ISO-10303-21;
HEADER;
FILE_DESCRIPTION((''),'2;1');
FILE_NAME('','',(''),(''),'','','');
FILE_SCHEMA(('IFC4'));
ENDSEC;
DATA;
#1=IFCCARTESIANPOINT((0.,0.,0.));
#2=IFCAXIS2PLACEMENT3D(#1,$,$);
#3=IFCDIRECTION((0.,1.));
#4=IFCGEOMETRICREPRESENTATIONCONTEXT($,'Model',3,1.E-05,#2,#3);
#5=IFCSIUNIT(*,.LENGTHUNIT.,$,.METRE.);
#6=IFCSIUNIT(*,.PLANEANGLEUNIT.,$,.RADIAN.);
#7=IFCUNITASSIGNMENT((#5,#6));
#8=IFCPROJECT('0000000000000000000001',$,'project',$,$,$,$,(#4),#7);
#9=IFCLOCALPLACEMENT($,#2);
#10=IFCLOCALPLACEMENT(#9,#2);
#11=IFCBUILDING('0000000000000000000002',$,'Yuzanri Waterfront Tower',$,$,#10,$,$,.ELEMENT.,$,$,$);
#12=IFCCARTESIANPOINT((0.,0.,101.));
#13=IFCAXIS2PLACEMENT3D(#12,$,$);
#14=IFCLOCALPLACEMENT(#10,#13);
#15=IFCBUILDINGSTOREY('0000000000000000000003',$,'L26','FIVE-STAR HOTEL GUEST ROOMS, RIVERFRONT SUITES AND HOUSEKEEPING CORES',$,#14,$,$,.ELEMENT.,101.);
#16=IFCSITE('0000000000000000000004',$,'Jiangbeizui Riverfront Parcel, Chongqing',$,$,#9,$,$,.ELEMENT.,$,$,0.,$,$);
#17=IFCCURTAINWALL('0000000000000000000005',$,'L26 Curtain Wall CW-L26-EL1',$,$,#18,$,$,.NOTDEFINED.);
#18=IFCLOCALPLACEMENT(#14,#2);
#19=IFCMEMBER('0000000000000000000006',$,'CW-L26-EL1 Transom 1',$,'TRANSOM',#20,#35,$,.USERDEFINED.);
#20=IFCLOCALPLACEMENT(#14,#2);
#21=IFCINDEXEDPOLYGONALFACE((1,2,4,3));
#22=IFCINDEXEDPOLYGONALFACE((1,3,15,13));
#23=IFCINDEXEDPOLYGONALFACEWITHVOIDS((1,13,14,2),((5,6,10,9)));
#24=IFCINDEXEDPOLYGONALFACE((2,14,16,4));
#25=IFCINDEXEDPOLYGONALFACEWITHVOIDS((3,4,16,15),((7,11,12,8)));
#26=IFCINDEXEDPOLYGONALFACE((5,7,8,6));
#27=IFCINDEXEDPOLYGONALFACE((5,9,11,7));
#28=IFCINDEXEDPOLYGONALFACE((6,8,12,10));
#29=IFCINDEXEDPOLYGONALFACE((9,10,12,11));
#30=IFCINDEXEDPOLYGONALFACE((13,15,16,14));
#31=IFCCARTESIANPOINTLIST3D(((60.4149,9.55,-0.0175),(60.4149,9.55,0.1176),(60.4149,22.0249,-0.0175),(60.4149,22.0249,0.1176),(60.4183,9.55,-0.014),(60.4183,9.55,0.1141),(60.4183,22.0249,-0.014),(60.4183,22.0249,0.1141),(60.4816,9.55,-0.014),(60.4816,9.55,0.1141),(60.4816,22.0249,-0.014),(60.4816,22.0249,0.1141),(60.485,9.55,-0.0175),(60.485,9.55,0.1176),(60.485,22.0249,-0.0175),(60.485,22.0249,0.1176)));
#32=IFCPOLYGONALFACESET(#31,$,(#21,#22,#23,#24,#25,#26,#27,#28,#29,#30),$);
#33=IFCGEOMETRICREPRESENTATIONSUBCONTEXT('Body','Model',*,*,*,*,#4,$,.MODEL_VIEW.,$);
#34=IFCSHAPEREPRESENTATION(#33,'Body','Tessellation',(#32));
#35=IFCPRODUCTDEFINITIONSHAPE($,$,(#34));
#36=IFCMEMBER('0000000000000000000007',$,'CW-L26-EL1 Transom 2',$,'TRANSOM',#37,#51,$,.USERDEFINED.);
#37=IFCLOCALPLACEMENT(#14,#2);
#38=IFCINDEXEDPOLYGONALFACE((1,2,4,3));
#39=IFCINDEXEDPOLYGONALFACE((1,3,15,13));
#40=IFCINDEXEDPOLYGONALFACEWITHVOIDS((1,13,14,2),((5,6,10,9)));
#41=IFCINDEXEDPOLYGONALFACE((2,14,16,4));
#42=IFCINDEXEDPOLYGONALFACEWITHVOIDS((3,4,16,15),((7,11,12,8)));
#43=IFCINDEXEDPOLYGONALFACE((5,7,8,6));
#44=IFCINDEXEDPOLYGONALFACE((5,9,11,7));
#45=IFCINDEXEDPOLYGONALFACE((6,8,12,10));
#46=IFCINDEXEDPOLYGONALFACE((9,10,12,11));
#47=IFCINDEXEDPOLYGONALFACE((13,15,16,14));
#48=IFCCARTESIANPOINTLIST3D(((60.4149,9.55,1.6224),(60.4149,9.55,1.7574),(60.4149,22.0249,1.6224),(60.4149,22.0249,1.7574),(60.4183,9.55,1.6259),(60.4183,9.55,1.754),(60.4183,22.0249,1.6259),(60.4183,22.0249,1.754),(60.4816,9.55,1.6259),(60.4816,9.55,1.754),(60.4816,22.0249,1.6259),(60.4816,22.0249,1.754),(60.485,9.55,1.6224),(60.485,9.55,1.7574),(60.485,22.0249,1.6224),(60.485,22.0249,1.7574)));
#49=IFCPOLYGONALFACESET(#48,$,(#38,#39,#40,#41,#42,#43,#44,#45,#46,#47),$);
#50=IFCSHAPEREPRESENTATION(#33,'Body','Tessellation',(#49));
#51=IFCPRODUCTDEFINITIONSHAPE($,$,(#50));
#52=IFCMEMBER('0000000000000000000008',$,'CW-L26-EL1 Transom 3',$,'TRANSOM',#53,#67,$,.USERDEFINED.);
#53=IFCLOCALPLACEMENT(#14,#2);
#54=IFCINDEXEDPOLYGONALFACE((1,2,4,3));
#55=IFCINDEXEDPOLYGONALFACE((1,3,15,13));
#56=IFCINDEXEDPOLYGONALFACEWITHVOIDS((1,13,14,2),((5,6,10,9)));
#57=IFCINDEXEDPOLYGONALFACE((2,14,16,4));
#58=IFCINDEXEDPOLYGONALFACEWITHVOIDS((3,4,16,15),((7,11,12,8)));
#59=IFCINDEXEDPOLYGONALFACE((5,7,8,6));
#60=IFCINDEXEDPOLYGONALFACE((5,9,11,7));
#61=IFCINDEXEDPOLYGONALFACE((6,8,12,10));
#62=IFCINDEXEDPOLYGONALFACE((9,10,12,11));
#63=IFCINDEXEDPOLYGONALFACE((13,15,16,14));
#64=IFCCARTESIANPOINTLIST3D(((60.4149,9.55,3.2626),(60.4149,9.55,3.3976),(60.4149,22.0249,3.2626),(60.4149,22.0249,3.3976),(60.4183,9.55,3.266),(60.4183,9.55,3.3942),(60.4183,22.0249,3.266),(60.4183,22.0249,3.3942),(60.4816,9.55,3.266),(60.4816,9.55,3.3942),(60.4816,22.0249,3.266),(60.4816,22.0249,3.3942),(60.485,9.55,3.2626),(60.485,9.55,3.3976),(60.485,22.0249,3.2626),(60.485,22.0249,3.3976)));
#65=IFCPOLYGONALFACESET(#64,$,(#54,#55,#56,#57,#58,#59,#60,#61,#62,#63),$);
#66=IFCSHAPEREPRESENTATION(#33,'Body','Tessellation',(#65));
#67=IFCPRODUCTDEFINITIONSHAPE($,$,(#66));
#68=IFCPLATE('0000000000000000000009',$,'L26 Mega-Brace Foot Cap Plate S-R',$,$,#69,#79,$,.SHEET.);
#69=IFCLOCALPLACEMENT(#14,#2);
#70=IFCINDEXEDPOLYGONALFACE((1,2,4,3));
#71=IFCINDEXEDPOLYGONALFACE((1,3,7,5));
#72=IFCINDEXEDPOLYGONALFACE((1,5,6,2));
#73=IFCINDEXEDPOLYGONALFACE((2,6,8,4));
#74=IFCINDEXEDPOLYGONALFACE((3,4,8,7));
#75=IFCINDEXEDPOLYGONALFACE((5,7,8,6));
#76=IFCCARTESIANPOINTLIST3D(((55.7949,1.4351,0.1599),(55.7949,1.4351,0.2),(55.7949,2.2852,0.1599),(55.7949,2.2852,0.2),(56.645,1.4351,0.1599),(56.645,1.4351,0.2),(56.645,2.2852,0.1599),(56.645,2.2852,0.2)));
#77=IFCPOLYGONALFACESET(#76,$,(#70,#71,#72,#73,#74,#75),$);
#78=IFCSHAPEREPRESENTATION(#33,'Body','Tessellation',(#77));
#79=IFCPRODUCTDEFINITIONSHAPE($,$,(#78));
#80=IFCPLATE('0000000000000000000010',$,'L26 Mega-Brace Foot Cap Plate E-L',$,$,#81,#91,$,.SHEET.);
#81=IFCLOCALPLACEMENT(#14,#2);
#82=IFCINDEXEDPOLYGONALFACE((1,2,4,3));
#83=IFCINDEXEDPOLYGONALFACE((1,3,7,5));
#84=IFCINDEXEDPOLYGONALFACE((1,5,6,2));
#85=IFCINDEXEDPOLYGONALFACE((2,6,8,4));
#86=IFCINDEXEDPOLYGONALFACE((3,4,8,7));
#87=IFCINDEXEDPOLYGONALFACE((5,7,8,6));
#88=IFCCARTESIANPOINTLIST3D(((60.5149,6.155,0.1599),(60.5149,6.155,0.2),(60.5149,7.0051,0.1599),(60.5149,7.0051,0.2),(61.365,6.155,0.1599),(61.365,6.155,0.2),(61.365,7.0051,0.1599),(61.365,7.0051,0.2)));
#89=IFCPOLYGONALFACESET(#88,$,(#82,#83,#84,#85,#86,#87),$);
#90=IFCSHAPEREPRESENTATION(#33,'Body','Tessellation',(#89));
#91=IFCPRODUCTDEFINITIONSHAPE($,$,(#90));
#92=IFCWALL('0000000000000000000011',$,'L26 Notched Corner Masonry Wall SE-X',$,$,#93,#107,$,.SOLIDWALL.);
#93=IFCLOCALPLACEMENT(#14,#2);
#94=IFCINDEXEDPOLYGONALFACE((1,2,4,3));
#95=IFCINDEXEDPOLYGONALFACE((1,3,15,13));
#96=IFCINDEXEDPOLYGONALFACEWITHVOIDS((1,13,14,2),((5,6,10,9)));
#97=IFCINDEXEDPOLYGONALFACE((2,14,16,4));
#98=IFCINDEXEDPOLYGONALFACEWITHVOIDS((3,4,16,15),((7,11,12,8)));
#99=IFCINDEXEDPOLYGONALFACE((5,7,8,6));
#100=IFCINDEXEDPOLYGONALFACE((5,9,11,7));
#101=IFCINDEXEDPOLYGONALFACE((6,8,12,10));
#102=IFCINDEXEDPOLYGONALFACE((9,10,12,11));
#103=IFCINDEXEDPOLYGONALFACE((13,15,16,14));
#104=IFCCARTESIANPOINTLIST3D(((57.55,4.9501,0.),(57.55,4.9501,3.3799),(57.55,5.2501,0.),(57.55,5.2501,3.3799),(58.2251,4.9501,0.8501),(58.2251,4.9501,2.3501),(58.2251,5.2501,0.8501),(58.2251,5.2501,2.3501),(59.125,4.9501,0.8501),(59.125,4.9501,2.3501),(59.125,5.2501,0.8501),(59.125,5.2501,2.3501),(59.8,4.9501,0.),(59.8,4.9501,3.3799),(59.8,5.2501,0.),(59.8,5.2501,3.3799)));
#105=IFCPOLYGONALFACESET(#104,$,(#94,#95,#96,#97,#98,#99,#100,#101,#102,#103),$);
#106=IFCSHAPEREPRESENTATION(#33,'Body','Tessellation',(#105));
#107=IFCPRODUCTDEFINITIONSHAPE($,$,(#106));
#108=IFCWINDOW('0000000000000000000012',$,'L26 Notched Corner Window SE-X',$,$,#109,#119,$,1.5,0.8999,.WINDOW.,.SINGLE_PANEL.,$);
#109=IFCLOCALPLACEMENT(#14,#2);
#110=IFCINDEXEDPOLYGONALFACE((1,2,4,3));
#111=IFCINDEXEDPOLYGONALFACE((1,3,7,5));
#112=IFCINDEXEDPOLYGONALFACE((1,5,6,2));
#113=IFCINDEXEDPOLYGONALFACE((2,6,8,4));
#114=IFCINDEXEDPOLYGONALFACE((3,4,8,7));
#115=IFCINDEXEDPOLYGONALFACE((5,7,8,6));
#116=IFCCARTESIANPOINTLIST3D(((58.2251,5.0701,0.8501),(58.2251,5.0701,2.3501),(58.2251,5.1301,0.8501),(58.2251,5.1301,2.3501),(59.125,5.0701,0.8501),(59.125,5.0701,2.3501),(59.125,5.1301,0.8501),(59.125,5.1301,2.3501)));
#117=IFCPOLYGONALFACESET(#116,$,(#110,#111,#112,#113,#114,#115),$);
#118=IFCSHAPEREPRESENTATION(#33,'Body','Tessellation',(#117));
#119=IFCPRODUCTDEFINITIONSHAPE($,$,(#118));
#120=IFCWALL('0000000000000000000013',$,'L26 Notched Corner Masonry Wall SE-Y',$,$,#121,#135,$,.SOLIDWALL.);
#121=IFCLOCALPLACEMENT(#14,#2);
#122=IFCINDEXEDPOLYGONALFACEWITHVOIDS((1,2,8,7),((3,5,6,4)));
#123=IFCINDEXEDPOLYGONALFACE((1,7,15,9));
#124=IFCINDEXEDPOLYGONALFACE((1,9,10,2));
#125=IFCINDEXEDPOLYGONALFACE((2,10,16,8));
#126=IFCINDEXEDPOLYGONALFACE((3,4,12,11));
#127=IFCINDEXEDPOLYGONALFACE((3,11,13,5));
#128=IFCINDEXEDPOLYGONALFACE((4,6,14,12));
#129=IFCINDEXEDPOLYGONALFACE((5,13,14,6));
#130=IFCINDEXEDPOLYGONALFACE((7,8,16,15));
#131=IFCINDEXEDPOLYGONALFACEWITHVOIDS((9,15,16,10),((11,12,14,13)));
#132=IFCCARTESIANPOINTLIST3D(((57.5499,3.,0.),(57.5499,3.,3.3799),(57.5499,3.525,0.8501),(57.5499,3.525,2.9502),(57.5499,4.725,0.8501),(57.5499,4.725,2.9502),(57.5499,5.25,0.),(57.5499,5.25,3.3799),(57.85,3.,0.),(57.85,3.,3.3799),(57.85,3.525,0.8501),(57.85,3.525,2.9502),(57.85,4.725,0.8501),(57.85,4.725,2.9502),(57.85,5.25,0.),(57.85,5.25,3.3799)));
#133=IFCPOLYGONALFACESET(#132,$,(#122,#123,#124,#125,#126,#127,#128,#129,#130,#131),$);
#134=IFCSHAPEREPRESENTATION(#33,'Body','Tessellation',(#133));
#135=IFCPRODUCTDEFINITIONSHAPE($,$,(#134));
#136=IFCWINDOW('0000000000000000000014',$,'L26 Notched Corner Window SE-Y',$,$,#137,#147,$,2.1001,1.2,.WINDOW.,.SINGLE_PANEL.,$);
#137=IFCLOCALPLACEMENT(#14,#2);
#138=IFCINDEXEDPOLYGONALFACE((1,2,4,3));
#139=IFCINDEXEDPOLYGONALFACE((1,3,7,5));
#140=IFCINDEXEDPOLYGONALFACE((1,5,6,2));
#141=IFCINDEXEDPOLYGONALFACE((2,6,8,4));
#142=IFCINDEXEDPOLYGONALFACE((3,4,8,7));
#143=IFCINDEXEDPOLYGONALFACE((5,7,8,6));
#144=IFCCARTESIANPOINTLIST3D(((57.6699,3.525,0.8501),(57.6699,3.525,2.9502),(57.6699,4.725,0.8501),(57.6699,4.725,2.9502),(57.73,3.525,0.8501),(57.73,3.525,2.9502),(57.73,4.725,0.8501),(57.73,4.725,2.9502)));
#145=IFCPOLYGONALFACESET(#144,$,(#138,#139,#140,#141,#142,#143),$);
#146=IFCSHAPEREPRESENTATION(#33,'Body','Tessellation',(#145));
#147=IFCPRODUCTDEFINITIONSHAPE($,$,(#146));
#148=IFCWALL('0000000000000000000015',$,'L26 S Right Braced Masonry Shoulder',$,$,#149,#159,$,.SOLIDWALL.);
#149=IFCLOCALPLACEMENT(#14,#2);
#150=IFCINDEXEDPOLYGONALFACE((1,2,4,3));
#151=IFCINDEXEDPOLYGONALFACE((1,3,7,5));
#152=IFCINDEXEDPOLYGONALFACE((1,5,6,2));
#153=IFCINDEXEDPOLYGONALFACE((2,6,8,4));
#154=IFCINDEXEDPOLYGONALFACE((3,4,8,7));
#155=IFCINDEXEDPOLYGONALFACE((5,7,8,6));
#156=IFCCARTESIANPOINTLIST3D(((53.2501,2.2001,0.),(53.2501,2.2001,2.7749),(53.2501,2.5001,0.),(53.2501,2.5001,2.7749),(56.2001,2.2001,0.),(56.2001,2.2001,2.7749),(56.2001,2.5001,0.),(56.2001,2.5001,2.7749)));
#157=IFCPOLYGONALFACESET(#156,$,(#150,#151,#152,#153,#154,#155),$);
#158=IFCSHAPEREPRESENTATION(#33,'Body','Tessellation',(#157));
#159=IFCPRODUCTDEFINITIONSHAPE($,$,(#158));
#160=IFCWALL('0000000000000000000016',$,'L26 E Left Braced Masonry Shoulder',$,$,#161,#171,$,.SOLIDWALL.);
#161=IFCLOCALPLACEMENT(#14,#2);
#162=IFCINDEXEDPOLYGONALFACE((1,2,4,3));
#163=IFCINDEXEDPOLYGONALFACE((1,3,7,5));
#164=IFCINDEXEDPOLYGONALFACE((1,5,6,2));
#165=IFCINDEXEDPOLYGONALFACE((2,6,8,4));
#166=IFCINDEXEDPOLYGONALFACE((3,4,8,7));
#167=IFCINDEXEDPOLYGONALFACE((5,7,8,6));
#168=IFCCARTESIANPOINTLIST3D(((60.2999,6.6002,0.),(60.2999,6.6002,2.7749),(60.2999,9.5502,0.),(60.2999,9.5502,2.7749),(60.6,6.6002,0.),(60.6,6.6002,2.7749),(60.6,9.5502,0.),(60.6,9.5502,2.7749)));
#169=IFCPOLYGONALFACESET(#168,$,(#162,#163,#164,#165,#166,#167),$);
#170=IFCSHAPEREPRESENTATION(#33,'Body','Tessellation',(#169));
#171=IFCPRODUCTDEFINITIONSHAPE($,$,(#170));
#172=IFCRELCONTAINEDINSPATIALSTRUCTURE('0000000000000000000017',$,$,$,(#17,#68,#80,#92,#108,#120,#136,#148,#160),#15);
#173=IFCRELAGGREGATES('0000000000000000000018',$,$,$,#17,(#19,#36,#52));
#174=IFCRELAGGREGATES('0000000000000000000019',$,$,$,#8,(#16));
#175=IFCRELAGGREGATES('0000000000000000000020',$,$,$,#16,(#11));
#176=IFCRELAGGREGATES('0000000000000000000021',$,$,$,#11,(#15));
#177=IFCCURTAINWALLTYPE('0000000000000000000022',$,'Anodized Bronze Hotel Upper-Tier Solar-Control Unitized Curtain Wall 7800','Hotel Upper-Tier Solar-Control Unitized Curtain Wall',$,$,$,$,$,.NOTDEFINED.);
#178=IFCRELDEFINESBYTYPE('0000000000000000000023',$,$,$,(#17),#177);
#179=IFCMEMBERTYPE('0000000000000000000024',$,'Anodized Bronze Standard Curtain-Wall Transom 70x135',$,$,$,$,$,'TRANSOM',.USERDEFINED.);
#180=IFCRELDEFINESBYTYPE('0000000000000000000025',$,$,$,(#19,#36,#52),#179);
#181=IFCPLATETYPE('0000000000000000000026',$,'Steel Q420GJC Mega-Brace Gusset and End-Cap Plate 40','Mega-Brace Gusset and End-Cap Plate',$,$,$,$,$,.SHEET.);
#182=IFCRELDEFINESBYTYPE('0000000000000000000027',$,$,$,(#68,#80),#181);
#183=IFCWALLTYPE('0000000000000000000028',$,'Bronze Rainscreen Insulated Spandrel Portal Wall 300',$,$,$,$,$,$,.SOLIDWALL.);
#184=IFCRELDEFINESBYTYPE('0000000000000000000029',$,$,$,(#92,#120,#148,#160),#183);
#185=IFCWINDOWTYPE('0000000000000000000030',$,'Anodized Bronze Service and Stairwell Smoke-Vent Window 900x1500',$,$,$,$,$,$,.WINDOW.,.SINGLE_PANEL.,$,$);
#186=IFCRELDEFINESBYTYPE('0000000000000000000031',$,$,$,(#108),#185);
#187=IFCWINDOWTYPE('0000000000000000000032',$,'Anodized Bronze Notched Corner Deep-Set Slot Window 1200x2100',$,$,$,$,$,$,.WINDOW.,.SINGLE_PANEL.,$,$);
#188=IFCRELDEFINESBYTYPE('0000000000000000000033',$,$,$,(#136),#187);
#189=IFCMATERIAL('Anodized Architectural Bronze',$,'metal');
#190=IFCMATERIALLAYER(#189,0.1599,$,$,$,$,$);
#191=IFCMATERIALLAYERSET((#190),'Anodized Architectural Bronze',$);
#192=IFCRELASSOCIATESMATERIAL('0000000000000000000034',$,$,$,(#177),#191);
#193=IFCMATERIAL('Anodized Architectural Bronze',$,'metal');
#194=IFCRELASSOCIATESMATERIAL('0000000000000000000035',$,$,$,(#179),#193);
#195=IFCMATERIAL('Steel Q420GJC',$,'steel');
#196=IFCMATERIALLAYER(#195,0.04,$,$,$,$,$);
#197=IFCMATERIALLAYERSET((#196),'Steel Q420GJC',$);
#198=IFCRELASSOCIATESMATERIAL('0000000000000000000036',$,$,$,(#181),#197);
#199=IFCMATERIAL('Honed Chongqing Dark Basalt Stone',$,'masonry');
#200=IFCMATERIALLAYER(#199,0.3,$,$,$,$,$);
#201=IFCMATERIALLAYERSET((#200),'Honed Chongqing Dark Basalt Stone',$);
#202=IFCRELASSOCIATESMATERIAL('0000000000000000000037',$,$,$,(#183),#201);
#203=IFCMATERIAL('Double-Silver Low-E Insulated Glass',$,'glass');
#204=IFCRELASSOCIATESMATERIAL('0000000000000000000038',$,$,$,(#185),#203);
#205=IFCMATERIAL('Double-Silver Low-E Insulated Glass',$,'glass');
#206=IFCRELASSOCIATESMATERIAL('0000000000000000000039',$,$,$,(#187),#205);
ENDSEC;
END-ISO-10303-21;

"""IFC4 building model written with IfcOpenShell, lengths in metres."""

from ifc_helpers import new_model, si_unit, direction, frame, frame_2d, origin, origin_2d, place, context, subcontext, project, spatial, rectangle, hollow_rectangle, extrude, source, transform, mapped, material, layer, layer_set, material_profile, profile_set, type_object, element, fill, aggregate, save


model = new_model("IFC4")

# Units and contexts
model_context = context("Model", 3, precision=1e-05, world=origin(), true_north=direction((0.0, 1.0)))
body_context = subcontext(model_context, "Body", "Model", "MODEL_VIEW")
ifc_project = project(units=[si_unit("LENGTHUNIT", "METRE"), si_unit("PLANEANGLEUNIT", "RADIAN")], contexts=[model_context])

# Site, building, storey
site_placement = place(None, origin())
site = spatial("IfcSite", under=ifc_project, at=site_placement, Name="Jiangbeizui Riverfront Parcel, Chongqing", CompositionType="ELEMENT", RefElevation=0.0)
building_placement = place(site_placement, origin())
building = spatial("IfcBuilding", under=site, at=building_placement, Name="Yuzanri Waterfront Tower", CompositionType="ELEMENT")
storey_placement = place(building_placement, frame((0.0, 0.0, 101.0)))
storey = spatial("IfcBuildingStorey", under=building, at=storey_placement, Name="L26", Description="FIVE-STAR HOTEL GUEST ROOMS, RIVERFRONT SUITES AND HOUSEKEEPING CORES", CompositionType="ELEMENT", Elevation=101.0)

# Curtain wall, members
ifc_material_1 = material(Name="Anodized Architectural Bronze", Category="metal")
ifc_layer_1 = layer(ifc_material_1, 0.1599)
ifc_layer_set_1 = layer_set([ifc_layer_1], Name="Anodized Architectural Bronze")
curtain_wall_type = type_object("IfcCurtainWallType", Name="Anodized Bronze Hotel Upper-Tier Solar-Control Unitized Curtain Wall 7800", Description="Hotel Upper-Tier Solar-Control Unitized Curtain Wall", PredefinedType="NOTDEFINED", material=ifc_layer_set_1)
curtain_wall_1_placement = place(storey_placement, origin())
curtain_wall_1 = element("IfcCurtainWall", 1, at=curtain_wall_1_placement, inside=storey, type_object=curtain_wall_type, Name="L26 Curtain Wall CW-L26-EL1", PredefinedType="NOTDEFINED")
ifc_material_2 = material(Name="Anodized Architectural Bronze", Category="metal")
ifc_material_profile_1 = material_profile(ifc_material_2, hollow_rectangle(XDim=0.0701, YDim=0.135, WallThickness=0.0034, at=origin_2d()), Name="CWT 70x135")
ifc_profile_set_1 = profile_set([ifc_material_profile_1], Name="Anodized Architectural Bronze")
member_type_1 = type_object("IfcMemberType", Name="Anodized Bronze Standard Curtain-Wall Transom 70x135", ElementType="TRANSOM", PredefinedType="USERDEFINED", material=ifc_profile_set_1)
shared_shape_1 = source(origin(), body_context, "Body", "SweptSolid", [
    extrude(hollow_rectangle(XDim=0.0701, YDim=0.135, WallThickness=0.0034, at=origin_2d()), origin(), (0.0, 0.0, 1.0), 12.4749),
])
member_1_placement = place(storey_placement, frame((60.45, 9.55, 0.05), z_axis=(0.0, 1.0, 0.0), x_axis=(-1.0, 0.0, 0.0)))
member_1 = element("IfcMember", 2, at=member_1_placement, type_object=member_type_1, Name="CW-L26-EL1 Transom 1", ObjectType="TRANSOM", PredefinedType="USERDEFINED", context=body_context, shape_type="MappedRepresentation", body=[
    mapped(shared_shape_1, transform((0.0, 0.0, 0.0), scale=1.0)),
])
member_2_placement = place(storey_placement, frame((60.45, 9.55, 1.6899), z_axis=(0.0, 1.0, 0.0), x_axis=(-1.0, 0.0, 0.0)))
member_2 = element("IfcMember", 3, at=member_2_placement, type_object=member_type_1, Name="CW-L26-EL1 Transom 2", ObjectType="TRANSOM", PredefinedType="USERDEFINED", context=body_context, shape_type="MappedRepresentation", body=[
    mapped(shared_shape_1, transform((0.0, 0.0, 0.0), scale=1.0)),
])
member_3_placement = place(storey_placement, frame((60.45, 9.55, 3.3301), z_axis=(0.0, 1.0, 0.0), x_axis=(-1.0, 0.0, 0.0)))
member_3 = element("IfcMember", 4, at=member_3_placement, type_object=member_type_1, Name="CW-L26-EL1 Transom 3", ObjectType="TRANSOM", PredefinedType="USERDEFINED", context=body_context, shape_type="MappedRepresentation", body=[
    mapped(shared_shape_1, transform((0.0, 0.0, 0.0), scale=1.0)),
])
aggregate(curtain_wall_1, [member_1, member_2, member_3])

# Plates
ifc_material_3 = material(Name="Steel Q420GJC", Category="steel")
ifc_layer_2 = layer(ifc_material_3, 0.04)
ifc_layer_set_2 = layer_set([ifc_layer_2], Name="Steel Q420GJC")
plate_type = type_object("IfcPlateType", Name="Steel Q420GJC Mega-Brace Gusset and End-Cap Plate 40", Description="Mega-Brace Gusset and End-Cap Plate", PredefinedType="SHEET", material=ifc_layer_set_2)
shared_shape_2 = source(origin(), body_context, "Body", "SweptSolid", [
    extrude(rectangle(XDim=0.8501, YDim=0.8501, at=origin_2d()), origin(), (0.0, 0.0, 1.0), 0.04),
])
for number, where, z_axis, x_axis, name in (
    (5, (56.22, 1.8601, 0.1599), (0.0, 0.0, 1.0), (1.0, 0.0, 0.0), "L26 Mega-Brace Foot Cap Plate S-R"),
    (6, (60.9399, 6.5801, 0.1599), (0.0, 0.0, 1.0), (1.0, 0.0, 0.0), "L26 Mega-Brace Foot Cap Plate E-L"),
):
    element("IfcPlate", number, at=place(storey_placement, frame(where, z_axis=z_axis, x_axis=x_axis)), inside=storey, type_object=plate_type, Name=name, PredefinedType="SHEET", context=body_context, shape_type="MappedRepresentation", body=[
        mapped(shared_shape_2, transform((0.0, 0.0, 0.0), scale=1.0)),
    ])

# Walls, openings, windows
ifc_material_4 = material(Name="Honed Chongqing Dark Basalt Stone", Category="masonry")
ifc_layer_3 = layer(ifc_material_4, 0.3)
ifc_layer_set_3 = layer_set([ifc_layer_3], Name="Honed Chongqing Dark Basalt Stone")
wall_type_1 = type_object("IfcWallType", Name="Bronze Rainscreen Insulated Spandrel Portal Wall 300", PredefinedType="SOLIDWALL", material=ifc_layer_set_3)
wall_1_placement = place(storey_placement, frame((57.55, 5.1001, 0.0), z_axis=(0.0, 0.0, 1.0), x_axis=(1.0, 0.0, 0.0)))
wall_1 = element("IfcWall", 7, at=wall_1_placement, inside=storey, type_object=wall_type_1, Name="L26 Notched Corner Masonry Wall SE-X", PredefinedType="SOLIDWALL", context=body_context, shape_type="SweptSolid", body=[
    extrude(rectangle(XDim=2.25, YDim=0.3, at=frame_2d((1.125, 0.0))), origin(), (0.0, 0.0, 1.0), 3.3799),
])
opening_1_placement = place(wall_1_placement, frame((0.675, 0.0, 0.8501)))
opening_1 = element("IfcOpeningElement", 8, at=opening_1_placement, cuts=wall_1, PredefinedType="OPENING", context=body_context, shape_type="SweptSolid", body=[
    extrude(rectangle(XDim=0.8999, YDim=1.5, at=frame_2d((0.45, 0.75))), frame((0.0, 0.165, 0.0), z_axis=(0.0, -1.0, 0.0), x_axis=(1.0, 0.0, 0.0)), (0.0, 0.0, 1.0), 0.3298),
])
ifc_material_5 = material(Name="Double-Silver Low-E Insulated Glass", Category="glass")
window_type_1 = type_object("IfcWindowType", Name="Anodized Bronze Service and Stairwell Smoke-Vent Window 900x1500", PartitioningType="SINGLE_PANEL", PredefinedType="WINDOW", material=ifc_material_5)
shared_shape_3 = source(origin(), body_context, "Body", "SweptSolid", [
    extrude(rectangle(XDim=0.8999, YDim=1.5, at=frame_2d((0.45, 0.75))), frame((0.0, 0.03, 0.0), z_axis=(0.0, -1.0, 0.0), x_axis=(1.0, 0.0, 0.0)), (0.0, 0.0, 1.0), 0.0601),
])
window_1_placement = place(opening_1_placement, origin())
window_1 = element("IfcWindow", 9, at=window_1_placement, inside=storey, type_object=window_type_1, Name="L26 Notched Corner Window SE-X", OverallHeight=1.5, OverallWidth=0.8999, PartitioningType="SINGLE_PANEL", PredefinedType="WINDOW", context=body_context, shape_type="MappedRepresentation", body=[
    mapped(shared_shape_3, transform((0.0, 0.0, 0.0), scale=1.0)),
])
fill(opening_1, window_1)
wall_2_placement = place(storey_placement, frame((57.7, 3.0, 0.0), z_axis=(0.0, 0.0, 1.0), x_axis=(0.0, 1.0, 0.0)))
wall_2 = element("IfcWall", 10, at=wall_2_placement, inside=storey, type_object=wall_type_1, Name="L26 Notched Corner Masonry Wall SE-Y", PredefinedType="SOLIDWALL", context=body_context, shape_type="SweptSolid", body=[
    extrude(rectangle(XDim=2.25, YDim=0.3, at=frame_2d((1.125, 0.0))), origin(), (0.0, 0.0, 1.0), 3.3799),
])
opening_2_placement = place(wall_2_placement, frame((0.5249, 0.0, 0.8501)))
opening_2 = element("IfcOpeningElement", 11, at=opening_2_placement, cuts=wall_2, PredefinedType="OPENING", context=body_context, shape_type="SweptSolid", body=[
    extrude(rectangle(XDim=1.2, YDim=2.1001, at=frame_2d((0.6001, 1.05))), frame((0.0, 0.165, 0.0), z_axis=(0.0, -1.0, 0.0), x_axis=(1.0, 0.0, 0.0)), (0.0, 0.0, 1.0), 0.3298),
])
ifc_material_6 = material(Name="Double-Silver Low-E Insulated Glass", Category="glass")
window_type_2 = type_object("IfcWindowType", Name="Anodized Bronze Notched Corner Deep-Set Slot Window 1200x2100", PartitioningType="SINGLE_PANEL", PredefinedType="WINDOW", material=ifc_material_6)
shared_shape_4 = source(origin(), body_context, "Body", "SweptSolid", [
    extrude(rectangle(XDim=1.2, YDim=2.1001, at=frame_2d((0.6001, 1.05))), frame((0.0, 0.03, 0.0), z_axis=(0.0, -1.0, 0.0), x_axis=(1.0, 0.0, 0.0)), (0.0, 0.0, 1.0), 0.0601),
])
window_2_placement = place(opening_2_placement, origin())
window_2 = element("IfcWindow", 12, at=window_2_placement, inside=storey, type_object=window_type_2, Name="L26 Notched Corner Window SE-Y", OverallHeight=2.1001, OverallWidth=1.2, PartitioningType="SINGLE_PANEL", PredefinedType="WINDOW", context=body_context, shape_type="MappedRepresentation", body=[
    mapped(shared_shape_4, transform((0.0, 0.0, 0.0), scale=1.0)),
])
fill(opening_2, window_2)

# Walls
shared_shape_5 = source(origin(), body_context, "Body", "SweptSolid", [
    extrude(rectangle(XDim=2.95, YDim=0.3, at=frame_2d((1.4751, 0.0))), origin(), (0.0, 0.0, 1.0), 2.7749),
])
for number, where, z_axis, x_axis, name in (
    (13, (53.25, 2.3501, 0.0), (0.0, 0.0, 1.0), (1.0, 0.0, 0.0), "L26 S Right Braced Masonry Shoulder"),
    (14, (60.45, 6.6001, 0.0), (0.0, 0.0, 1.0), (0.0, 1.0, 0.0), "L26 E Left Braced Masonry Shoulder"),
):
    element("IfcWall", number, at=place(storey_placement, frame(where, z_axis=z_axis, x_axis=x_axis)), inside=storey, type_object=wall_type_1, Name=name, PredefinedType="SOLIDWALL", context=body_context, shape_type="MappedRepresentation", body=[
        mapped(shared_shape_5, transform((0.0, 0.0, 0.0), scale=1.0)),
    ])

save(model, "model.ifc")
